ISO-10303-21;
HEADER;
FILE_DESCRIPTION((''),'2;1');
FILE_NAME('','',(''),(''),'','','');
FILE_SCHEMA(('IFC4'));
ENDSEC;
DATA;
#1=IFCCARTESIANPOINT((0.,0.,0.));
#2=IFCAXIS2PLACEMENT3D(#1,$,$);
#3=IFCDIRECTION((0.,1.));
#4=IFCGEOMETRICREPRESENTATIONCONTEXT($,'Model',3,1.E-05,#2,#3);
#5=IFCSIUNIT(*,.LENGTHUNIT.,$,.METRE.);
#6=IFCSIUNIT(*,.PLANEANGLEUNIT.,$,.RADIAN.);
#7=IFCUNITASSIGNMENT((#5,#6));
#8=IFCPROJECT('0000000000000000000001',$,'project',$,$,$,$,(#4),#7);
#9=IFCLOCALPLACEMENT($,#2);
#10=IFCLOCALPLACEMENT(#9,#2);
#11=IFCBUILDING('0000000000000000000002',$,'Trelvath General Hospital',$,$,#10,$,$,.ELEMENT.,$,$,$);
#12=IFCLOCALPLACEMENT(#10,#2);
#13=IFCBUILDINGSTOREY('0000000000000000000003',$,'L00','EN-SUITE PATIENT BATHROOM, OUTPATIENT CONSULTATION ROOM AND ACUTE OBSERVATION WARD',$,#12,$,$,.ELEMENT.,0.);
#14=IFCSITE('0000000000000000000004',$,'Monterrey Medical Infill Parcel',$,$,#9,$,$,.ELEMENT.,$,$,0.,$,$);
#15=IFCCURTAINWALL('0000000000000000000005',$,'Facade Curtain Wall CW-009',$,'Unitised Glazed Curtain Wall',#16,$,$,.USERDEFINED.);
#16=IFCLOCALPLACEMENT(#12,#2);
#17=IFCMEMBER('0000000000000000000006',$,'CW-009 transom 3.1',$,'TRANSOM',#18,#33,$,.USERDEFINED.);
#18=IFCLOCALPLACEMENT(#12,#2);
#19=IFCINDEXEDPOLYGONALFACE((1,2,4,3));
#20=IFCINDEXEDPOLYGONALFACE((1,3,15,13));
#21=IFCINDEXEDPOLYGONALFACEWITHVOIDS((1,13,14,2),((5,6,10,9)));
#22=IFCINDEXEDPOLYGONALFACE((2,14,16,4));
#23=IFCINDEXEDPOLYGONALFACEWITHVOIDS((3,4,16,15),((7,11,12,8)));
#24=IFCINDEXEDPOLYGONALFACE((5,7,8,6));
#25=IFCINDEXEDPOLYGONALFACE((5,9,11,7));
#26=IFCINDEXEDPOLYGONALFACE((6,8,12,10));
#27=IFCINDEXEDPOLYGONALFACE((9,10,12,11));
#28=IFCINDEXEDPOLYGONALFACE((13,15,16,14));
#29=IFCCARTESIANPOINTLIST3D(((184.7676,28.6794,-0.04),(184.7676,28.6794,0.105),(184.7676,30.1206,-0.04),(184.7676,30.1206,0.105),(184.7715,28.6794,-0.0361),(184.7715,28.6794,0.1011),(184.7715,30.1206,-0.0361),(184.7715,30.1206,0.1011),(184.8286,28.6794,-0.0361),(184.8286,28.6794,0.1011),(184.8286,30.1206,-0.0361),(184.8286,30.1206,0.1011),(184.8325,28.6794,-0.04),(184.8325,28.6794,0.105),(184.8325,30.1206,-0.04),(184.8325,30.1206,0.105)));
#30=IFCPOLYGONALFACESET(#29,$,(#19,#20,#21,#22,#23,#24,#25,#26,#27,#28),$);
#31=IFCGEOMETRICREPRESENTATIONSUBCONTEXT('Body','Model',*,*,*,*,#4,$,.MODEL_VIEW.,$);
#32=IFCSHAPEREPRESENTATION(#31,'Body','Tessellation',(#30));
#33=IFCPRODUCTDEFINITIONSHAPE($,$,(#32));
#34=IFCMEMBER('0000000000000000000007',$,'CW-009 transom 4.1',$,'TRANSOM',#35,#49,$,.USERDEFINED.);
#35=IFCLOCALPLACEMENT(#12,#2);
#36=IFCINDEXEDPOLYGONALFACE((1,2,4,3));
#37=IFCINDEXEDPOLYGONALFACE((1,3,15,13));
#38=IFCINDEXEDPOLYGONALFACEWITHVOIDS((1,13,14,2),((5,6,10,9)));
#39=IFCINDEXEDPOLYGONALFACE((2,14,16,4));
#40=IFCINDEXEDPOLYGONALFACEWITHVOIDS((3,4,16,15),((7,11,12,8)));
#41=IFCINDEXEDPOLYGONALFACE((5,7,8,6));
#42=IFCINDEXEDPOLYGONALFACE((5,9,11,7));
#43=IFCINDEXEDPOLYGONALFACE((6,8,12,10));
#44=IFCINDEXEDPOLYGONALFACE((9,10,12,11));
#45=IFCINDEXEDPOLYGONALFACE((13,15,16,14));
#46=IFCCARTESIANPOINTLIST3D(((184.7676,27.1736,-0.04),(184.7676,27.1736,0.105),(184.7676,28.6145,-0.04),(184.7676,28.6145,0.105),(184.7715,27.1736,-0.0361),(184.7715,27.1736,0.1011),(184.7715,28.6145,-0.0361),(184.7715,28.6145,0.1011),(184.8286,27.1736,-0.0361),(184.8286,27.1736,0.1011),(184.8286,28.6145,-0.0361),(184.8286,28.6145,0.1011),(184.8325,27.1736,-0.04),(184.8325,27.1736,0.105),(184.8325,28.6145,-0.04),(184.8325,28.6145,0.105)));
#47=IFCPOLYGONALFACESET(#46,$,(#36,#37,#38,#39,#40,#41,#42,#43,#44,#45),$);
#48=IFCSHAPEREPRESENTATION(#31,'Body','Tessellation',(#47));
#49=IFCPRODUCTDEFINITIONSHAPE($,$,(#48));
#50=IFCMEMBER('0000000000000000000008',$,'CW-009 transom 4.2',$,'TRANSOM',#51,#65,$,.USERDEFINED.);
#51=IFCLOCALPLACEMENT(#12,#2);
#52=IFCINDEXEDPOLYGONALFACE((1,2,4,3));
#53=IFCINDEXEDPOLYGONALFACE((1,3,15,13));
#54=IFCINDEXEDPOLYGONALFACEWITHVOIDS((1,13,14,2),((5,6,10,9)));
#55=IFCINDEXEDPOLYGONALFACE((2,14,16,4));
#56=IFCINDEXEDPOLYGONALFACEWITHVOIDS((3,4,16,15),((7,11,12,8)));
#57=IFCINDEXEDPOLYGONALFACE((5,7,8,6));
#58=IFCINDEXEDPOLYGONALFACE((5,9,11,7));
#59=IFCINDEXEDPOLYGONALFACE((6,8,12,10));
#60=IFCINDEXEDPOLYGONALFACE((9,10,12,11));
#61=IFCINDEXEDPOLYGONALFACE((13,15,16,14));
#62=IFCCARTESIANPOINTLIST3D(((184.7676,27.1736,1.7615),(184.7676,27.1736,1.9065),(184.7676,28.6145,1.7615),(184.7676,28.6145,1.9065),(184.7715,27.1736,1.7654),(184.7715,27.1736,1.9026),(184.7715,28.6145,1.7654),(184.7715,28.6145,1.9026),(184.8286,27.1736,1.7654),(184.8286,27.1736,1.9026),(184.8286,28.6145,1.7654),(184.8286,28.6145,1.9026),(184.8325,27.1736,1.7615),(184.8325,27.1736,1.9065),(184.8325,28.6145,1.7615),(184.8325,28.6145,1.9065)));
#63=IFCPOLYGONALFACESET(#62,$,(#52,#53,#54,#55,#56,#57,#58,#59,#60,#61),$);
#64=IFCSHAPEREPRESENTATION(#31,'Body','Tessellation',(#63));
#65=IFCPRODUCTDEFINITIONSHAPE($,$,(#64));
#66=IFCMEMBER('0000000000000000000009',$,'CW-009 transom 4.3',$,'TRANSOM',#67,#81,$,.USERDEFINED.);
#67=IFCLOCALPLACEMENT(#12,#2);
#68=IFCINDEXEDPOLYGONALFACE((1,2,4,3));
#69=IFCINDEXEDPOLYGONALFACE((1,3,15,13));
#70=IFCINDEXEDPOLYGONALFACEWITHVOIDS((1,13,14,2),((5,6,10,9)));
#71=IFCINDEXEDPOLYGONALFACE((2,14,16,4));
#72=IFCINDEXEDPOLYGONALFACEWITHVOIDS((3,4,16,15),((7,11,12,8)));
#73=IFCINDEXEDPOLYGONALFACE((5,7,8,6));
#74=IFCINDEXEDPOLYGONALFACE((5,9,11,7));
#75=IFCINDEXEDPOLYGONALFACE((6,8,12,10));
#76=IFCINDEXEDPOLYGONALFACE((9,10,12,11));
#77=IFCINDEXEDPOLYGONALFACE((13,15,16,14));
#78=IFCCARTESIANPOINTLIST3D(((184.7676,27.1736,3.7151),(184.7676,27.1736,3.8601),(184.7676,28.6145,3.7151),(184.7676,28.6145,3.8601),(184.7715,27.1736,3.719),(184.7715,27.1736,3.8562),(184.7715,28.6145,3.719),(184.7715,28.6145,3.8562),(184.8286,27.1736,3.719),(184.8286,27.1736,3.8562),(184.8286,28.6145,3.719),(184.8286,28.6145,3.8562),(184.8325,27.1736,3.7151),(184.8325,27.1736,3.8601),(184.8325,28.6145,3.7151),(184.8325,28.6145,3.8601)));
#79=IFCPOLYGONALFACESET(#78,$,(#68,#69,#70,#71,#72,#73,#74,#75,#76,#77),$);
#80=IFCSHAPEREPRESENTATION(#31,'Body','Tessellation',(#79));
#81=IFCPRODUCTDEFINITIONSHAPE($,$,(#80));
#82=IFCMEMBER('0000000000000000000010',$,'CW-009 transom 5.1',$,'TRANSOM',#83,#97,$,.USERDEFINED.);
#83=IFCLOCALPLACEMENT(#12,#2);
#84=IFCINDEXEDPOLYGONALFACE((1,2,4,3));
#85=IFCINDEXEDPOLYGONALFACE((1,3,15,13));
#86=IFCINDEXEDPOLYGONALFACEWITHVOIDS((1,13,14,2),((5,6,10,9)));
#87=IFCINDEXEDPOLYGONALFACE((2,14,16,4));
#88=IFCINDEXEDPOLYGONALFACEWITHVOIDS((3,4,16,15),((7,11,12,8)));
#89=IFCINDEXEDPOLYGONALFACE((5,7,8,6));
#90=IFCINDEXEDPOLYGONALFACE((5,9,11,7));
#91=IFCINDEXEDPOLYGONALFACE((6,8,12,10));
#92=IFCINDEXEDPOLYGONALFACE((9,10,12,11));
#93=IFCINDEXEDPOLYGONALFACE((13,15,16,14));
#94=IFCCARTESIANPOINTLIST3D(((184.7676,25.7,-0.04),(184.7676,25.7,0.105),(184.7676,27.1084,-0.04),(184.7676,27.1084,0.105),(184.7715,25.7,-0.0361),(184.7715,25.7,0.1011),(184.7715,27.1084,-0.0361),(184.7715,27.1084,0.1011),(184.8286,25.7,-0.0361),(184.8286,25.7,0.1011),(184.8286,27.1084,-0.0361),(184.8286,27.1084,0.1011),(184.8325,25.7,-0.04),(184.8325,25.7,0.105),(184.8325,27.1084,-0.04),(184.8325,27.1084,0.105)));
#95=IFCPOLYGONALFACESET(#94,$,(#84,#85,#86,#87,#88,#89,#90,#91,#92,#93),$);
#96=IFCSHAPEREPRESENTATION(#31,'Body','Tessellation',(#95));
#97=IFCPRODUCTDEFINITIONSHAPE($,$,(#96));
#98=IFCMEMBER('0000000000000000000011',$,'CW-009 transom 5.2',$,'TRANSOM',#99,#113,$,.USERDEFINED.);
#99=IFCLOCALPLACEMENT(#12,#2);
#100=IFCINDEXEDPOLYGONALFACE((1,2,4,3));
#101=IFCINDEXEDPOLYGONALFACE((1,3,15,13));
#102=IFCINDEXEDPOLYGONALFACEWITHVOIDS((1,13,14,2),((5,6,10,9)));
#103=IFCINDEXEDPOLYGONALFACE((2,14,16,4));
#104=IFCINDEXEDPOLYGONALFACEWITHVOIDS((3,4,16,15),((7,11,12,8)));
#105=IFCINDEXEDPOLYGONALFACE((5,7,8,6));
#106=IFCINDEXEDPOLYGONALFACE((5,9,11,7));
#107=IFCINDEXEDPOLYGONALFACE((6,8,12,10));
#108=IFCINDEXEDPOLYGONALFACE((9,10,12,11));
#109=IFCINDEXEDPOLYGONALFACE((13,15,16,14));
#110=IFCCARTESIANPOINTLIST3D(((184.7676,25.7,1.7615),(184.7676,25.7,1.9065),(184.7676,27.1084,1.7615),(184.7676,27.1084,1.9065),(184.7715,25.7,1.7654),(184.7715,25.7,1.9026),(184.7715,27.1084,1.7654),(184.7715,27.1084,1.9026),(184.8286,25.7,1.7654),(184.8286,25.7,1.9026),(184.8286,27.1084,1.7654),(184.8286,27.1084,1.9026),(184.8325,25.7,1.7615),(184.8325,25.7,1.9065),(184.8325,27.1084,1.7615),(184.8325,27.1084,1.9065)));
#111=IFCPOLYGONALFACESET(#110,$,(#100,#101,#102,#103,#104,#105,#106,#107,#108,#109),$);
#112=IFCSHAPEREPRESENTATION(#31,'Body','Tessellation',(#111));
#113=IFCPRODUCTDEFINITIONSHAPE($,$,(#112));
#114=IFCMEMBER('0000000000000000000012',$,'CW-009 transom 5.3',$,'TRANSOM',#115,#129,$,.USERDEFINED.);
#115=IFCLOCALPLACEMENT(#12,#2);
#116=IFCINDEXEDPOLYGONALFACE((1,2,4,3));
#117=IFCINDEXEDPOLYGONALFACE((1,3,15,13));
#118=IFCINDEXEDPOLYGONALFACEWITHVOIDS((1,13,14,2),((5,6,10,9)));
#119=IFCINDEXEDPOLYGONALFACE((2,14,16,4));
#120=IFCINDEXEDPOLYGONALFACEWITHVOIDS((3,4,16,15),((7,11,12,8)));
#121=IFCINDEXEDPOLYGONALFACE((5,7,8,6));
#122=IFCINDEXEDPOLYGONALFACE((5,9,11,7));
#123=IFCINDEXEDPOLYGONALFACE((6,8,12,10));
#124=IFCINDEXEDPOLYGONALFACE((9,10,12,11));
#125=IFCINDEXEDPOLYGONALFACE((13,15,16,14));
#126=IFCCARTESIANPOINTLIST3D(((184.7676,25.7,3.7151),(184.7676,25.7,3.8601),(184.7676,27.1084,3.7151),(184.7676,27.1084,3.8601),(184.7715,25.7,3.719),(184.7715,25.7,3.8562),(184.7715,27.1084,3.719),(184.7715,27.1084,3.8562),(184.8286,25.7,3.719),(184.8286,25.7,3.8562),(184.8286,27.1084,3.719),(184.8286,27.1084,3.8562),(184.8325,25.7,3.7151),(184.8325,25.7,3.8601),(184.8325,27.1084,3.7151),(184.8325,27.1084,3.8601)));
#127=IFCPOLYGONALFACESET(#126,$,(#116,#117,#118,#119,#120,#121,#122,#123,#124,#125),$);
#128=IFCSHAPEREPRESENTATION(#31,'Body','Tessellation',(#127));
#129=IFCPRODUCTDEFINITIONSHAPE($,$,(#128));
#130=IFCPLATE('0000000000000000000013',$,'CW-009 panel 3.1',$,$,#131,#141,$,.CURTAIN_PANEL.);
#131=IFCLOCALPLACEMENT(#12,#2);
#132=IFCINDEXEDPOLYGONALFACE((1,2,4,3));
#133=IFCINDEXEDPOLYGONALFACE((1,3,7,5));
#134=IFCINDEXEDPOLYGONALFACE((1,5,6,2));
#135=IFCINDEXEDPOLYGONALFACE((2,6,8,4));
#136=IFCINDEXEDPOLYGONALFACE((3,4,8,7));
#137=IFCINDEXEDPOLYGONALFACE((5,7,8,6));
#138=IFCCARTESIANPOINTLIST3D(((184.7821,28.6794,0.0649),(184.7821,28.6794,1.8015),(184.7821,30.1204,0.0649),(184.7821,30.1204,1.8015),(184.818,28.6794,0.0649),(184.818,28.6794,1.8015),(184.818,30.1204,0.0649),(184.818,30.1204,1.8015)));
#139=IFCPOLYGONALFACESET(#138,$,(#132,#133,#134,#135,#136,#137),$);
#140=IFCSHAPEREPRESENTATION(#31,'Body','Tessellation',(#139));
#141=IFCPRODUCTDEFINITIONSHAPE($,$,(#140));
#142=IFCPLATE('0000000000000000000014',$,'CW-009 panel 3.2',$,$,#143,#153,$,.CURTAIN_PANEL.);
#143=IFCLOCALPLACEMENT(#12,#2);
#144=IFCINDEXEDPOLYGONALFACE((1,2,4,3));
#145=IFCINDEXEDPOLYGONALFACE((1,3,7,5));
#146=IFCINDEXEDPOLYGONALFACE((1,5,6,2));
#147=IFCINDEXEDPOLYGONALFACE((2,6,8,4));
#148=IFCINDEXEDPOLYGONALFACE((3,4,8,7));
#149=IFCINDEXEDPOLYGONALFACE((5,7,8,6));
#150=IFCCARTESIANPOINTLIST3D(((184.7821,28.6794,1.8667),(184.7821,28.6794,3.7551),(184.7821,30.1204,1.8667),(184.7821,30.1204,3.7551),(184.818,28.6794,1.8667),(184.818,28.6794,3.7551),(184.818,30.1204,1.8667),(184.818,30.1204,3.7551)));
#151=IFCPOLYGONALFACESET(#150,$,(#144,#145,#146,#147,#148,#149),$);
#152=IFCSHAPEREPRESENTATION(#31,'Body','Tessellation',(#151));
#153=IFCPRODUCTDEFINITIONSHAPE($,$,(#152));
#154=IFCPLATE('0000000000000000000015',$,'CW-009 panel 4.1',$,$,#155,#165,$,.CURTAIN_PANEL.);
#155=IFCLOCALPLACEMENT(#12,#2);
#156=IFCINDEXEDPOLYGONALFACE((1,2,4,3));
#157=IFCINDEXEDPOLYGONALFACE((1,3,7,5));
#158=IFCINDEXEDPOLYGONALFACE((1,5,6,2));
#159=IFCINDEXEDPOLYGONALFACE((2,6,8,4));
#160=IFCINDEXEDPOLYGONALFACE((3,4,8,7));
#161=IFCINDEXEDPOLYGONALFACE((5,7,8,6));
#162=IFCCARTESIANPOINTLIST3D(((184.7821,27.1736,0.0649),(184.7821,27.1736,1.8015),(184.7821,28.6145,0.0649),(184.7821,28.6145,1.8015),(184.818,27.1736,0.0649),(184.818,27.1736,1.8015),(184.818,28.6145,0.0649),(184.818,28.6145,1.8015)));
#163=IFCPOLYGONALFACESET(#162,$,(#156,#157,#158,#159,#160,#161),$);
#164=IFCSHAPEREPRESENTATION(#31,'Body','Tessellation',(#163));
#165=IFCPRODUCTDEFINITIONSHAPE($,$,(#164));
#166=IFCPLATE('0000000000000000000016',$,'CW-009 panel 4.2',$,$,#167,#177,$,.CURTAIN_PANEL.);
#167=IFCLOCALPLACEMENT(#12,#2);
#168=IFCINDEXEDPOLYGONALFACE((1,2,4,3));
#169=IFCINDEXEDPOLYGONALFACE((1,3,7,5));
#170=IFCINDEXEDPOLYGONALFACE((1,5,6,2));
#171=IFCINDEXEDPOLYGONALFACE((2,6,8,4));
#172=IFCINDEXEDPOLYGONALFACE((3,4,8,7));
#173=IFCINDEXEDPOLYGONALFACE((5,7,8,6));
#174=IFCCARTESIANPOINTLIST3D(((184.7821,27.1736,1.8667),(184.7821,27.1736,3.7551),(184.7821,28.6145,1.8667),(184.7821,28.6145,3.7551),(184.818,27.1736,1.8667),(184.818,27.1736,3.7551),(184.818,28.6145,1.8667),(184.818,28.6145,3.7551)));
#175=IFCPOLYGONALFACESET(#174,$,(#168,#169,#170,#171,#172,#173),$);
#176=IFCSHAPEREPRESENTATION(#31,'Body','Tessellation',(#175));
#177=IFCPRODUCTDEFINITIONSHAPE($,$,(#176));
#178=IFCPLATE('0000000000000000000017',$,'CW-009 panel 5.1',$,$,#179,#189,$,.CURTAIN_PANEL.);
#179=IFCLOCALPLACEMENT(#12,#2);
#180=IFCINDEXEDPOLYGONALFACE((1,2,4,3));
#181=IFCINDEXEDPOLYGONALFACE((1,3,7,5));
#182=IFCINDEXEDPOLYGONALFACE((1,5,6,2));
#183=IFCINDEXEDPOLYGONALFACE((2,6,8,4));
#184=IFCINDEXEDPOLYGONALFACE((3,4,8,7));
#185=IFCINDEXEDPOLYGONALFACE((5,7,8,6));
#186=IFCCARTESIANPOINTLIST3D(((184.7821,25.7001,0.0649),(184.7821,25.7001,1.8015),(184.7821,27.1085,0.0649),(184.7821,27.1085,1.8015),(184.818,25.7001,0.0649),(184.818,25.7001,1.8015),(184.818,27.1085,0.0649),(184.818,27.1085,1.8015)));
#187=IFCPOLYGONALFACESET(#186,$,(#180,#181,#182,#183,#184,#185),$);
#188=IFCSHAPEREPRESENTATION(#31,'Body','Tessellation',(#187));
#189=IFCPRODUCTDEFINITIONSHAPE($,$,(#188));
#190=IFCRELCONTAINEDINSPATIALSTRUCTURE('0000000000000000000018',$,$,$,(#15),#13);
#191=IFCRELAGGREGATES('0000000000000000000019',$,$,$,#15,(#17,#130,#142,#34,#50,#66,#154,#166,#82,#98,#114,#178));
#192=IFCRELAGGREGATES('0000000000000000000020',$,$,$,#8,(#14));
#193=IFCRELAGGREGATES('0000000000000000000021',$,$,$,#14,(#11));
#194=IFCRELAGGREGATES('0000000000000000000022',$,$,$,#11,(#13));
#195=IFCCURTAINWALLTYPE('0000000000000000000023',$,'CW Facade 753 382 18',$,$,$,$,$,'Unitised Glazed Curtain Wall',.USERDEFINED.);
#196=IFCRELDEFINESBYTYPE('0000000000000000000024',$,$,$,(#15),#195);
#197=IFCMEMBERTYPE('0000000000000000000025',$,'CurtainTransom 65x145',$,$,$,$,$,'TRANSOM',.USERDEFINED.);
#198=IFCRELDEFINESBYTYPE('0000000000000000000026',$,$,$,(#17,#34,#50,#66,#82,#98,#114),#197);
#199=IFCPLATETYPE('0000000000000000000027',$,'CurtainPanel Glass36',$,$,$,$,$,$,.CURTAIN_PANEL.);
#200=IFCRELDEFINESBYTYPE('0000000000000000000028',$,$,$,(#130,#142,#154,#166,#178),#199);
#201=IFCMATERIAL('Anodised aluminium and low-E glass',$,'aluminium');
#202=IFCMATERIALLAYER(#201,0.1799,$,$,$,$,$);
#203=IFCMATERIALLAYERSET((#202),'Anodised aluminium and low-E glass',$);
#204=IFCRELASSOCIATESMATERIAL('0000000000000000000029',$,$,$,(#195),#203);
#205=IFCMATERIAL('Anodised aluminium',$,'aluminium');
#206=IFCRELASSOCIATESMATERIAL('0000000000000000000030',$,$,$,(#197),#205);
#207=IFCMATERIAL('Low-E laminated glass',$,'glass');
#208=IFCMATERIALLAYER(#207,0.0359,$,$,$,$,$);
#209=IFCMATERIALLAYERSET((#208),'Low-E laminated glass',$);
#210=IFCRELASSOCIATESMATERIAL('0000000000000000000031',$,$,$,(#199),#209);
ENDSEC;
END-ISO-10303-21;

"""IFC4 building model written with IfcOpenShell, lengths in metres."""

from ifc_helpers import new_model, si_unit, direction, frame, origin, origin_2d, place, context, subcontext, project, spatial, rectangle, hollow_rectangle, extrude, material, layer, layer_set, material_profile, profile_set, type_object, element, aggregate, save


model = new_model("IFC4")

# Units and contexts
model_context = context("Model", 3, precision=1e-05, world=origin(), true_north=direction((0.0, 1.0)))
body_context = subcontext(model_context, "Body", "Model", "MODEL_VIEW")
ifc_project = project(units=[si_unit("LENGTHUNIT", "METRE"), si_unit("PLANEANGLEUNIT", "RADIAN")], contexts=[model_context])

# Site, building, storey
site_placement = place(None, origin())
site = spatial("IfcSite", under=ifc_project, at=site_placement, Name="Monterrey Medical Infill Parcel", CompositionType="ELEMENT", RefElevation=0.0)
building_placement = place(site_placement, origin())
building = spatial("IfcBuilding", under=site, at=building_placement, Name="Trelvath General Hospital", CompositionType="ELEMENT")
storey_placement = place(building_placement, origin())
storey = spatial("IfcBuildingStorey", under=building, at=storey_placement, Name="L00", Description="EN-SUITE PATIENT BATHROOM, OUTPATIENT CONSULTATION ROOM AND ACUTE OBSERVATION WARD", CompositionType="ELEMENT", Elevation=0.0)

# Curtain wall, members, plates
ifc_material_1 = material(Name="Anodised aluminium and low-E glass", Category="aluminium")
ifc_layer_1 = layer(ifc_material_1, 0.1799)
ifc_layer_set_1 = layer_set([ifc_layer_1], Name="Anodised aluminium and low-E glass")
curtain_wall_type = type_object("IfcCurtainWallType", Name="CW Facade 753 382 18", ElementType="Unitised Glazed Curtain Wall", PredefinedType="USERDEFINED", material=ifc_layer_set_1)
curtain_wall_placement = place(storey_placement, origin())
curtain_wall = element("IfcCurtainWall", 1, at=curtain_wall_placement, inside=storey, type_object=curtain_wall_type, Name="Facade Curtain Wall CW-009", ObjectType="Unitised Glazed Curtain Wall", PredefinedType="USERDEFINED")
ifc_material_2 = material(Name="Anodised aluminium", Category="aluminium")
ifc_material_profile_1 = material_profile(ifc_material_2, hollow_rectangle(XDim=0.0649, YDim=0.145, WallThickness=0.0039, at=origin_2d()), Name="RHS65x145x4")
ifc_profile_set_1 = profile_set([ifc_material_profile_1], Name="Anodised aluminium")
member_type_1 = type_object("IfcMemberType", Name="CurtainTransom 65x145", ElementType="TRANSOM", PredefinedType="USERDEFINED", material=ifc_profile_set_1)
member_1_placement = place(storey_placement, frame((184.8, 30.1206, 0.0325), z_axis=(0.0, -1.0, 0.0), x_axis=(1.0, 0.0, 0.0)))
member_1 = element("IfcMember", 2, at=member_1_placement, type_object=member_type_1, Name="CW-009 transom 3.1", ObjectType="TRANSOM", PredefinedType="USERDEFINED", context=body_context, shape_type="SweptSolid", body=[
    extrude(hollow_rectangle(XDim=0.0649, YDim=0.145, WallThickness=0.0039, at=origin_2d()), origin(), (0.0, 0.0, 1.0), 1.4412),
])
member_2_placement = place(storey_placement, frame((184.8, 28.6145, 0.0325), z_axis=(0.0, -1.0, 0.0), x_axis=(1.0, 0.0, 0.0)))
member_2 = element("IfcMember", 3, at=member_2_placement, type_object=member_type_1, Name="CW-009 transom 4.1", ObjectType="TRANSOM", PredefinedType="USERDEFINED", context=body_context, shape_type="SweptSolid", body=[
    extrude(hollow_rectangle(XDim=0.0649, YDim=0.145, WallThickness=0.0039, at=origin_2d()), origin(), (0.0, 0.0, 1.0), 1.4409),
])
member_3_placement = place(storey_placement, frame((184.8, 28.6145, 1.834), z_axis=(0.0, -1.0, 0.0), x_axis=(1.0, 0.0, 0.0)))
member_3 = element("IfcMember", 4, at=member_3_placement, type_object=member_type_1, Name="CW-009 transom 4.2", ObjectType="TRANSOM", PredefinedType="USERDEFINED", context=body_context, shape_type="SweptSolid", body=[
    extrude(hollow_rectangle(XDim=0.0649, YDim=0.145, WallThickness=0.0039, at=origin_2d()), origin(), (0.0, 0.0, 1.0), 1.4409),
])
member_4_placement = place(storey_placement, frame((184.8, 28.6145, 3.7876), z_axis=(0.0, -1.0, 0.0), x_axis=(1.0, 0.0, 0.0)))
member_4 = element("IfcMember", 5, at=member_4_placement, type_object=member_type_1, Name="CW-009 transom 4.3", ObjectType="TRANSOM", PredefinedType="USERDEFINED", context=body_context, shape_type="SweptSolid", body=[
    extrude(hollow_rectangle(XDim=0.0649, YDim=0.145, WallThickness=0.0039, at=origin_2d()), origin(), (0.0, 0.0, 1.0), 1.4409),
])
member_5_placement = place(storey_placement, frame((184.8, 27.1084, 0.0325), z_axis=(0.0, -1.0, 0.0), x_axis=(1.0, 0.0, 0.0)))
member_5 = element("IfcMember", 6, at=member_5_placement, type_object=member_type_1, Name="CW-009 transom 5.1", ObjectType="TRANSOM", PredefinedType="USERDEFINED", context=body_context, shape_type="SweptSolid", body=[
    extrude(hollow_rectangle(XDim=0.0649, YDim=0.145, WallThickness=0.0039, at=origin_2d()), origin(), (0.0, 0.0, 1.0), 1.4084),
])
member_6_placement = place(storey_placement, frame((184.8, 27.1084, 1.834), z_axis=(0.0, -1.0, 0.0), x_axis=(1.0, 0.0, 0.0)))
member_6 = element("IfcMember", 7, at=member_6_placement, type_object=member_type_1, Name="CW-009 transom 5.2", ObjectType="TRANSOM", PredefinedType="USERDEFINED", context=body_context, shape_type="SweptSolid", body=[
    extrude(hollow_rectangle(XDim=0.0649, YDim=0.145, WallThickness=0.0039, at=origin_2d()), origin(), (0.0, 0.0, 1.0), 1.4084),
])
member_7_placement = place(storey_placement, frame((184.8, 27.1084, 3.7876), z_axis=(0.0, -1.0, 0.0), x_axis=(1.0, 0.0, 0.0)))
member_7 = element("IfcMember", 8, at=member_7_placement, type_object=member_type_1, Name="CW-009 transom 5.3", ObjectType="TRANSOM", PredefinedType="USERDEFINED", context=body_context, shape_type="SweptSolid", body=[
    extrude(hollow_rectangle(XDim=0.0649, YDim=0.145, WallThickness=0.0039, at=origin_2d()), origin(), (0.0, 0.0, 1.0), 1.4084),
])
ifc_material_3 = material(Name="Low-E laminated glass", Category="glass")
ifc_layer_2 = layer(ifc_material_3, 0.0359)
ifc_layer_set_2 = layer_set([ifc_layer_2], Name="Low-E laminated glass")
plate_type = type_object("IfcPlateType", Name="CurtainPanel Glass36", PredefinedType="CURTAIN_PANEL", material=ifc_layer_set_2)
plate_1_placement = place(storey_placement, frame((184.8, 29.3999, 0.0649), z_axis=(0.0, 0.0, 1.0), x_axis=(0.0, -1.0, 0.0)))
plate_1 = element("IfcPlate", 9, at=plate_1_placement, type_object=plate_type, Name="CW-009 panel 3.1", PredefinedType="CURTAIN_PANEL", context=body_context, shape_type="SweptSolid", body=[
    extrude(rectangle(XDim=1.4409, YDim=0.0359, at=origin_2d()), origin(), (0.0, 0.0, 1.0), 1.7366),
])
plate_2_placement = place(storey_placement, frame((184.8, 29.3999, 1.8667), z_axis=(0.0, 0.0, 1.0), x_axis=(0.0, -1.0, 0.0)))
plate_2 = element("IfcPlate", 10, at=plate_2_placement, type_object=plate_type, Name="CW-009 panel 3.2", PredefinedType="CURTAIN_PANEL", context=body_context, shape_type="SweptSolid", body=[
    extrude(rectangle(XDim=1.4409, YDim=0.0359, at=origin_2d()), origin(), (0.0, 0.0, 1.0), 1.8884),
])
plate_3_placement = place(storey_placement, frame((184.8, 27.894, 0.0649), z_axis=(0.0, 0.0, 1.0), x_axis=(0.0, -1.0, 0.0)))
plate_3 = element("IfcPlate", 11, at=plate_3_placement, type_object=plate_type, Name="CW-009 panel 4.1", PredefinedType="CURTAIN_PANEL", context=body_context, shape_type="SweptSolid", body=[
    extrude(rectangle(XDim=1.4409, YDim=0.0359, at=origin_2d()), origin(), (0.0, 0.0, 1.0), 1.7366),
])
plate_4_placement = place(storey_placement, frame((184.8, 27.894, 1.8667), z_axis=(0.0, 0.0, 1.0), x_axis=(0.0, -1.0, 0.0)))
plate_4 = element("IfcPlate", 12, at=plate_4_placement, type_object=plate_type, Name="CW-009 panel 4.2", PredefinedType="CURTAIN_PANEL", context=body_context, shape_type="SweptSolid", body=[
    extrude(rectangle(XDim=1.4409, YDim=0.0359, at=origin_2d()), origin(), (0.0, 0.0, 1.0), 1.8884),
])
plate_5_placement = place(storey_placement, frame((184.8, 26.4043, 0.0649), z_axis=(0.0, 0.0, 1.0), x_axis=(0.0, -1.0, 0.0)))
plate_5 = element("IfcPlate", 13, at=plate_5_placement, type_object=plate_type, Name="CW-009 panel 5.1", PredefinedType="CURTAIN_PANEL", context=body_context, shape_type="SweptSolid", body=[
    extrude(rectangle(XDim=1.4084, YDim=0.0359, at=origin_2d()), origin(), (0.0, 0.0, 1.0), 1.7366),
])
aggregate(curtain_wall, [member_1, plate_1, plate_2, member_2, member_3, member_4, plate_3, plate_4, member_5, member_6, member_7, plate_5])

save(model, "model.ifc")
